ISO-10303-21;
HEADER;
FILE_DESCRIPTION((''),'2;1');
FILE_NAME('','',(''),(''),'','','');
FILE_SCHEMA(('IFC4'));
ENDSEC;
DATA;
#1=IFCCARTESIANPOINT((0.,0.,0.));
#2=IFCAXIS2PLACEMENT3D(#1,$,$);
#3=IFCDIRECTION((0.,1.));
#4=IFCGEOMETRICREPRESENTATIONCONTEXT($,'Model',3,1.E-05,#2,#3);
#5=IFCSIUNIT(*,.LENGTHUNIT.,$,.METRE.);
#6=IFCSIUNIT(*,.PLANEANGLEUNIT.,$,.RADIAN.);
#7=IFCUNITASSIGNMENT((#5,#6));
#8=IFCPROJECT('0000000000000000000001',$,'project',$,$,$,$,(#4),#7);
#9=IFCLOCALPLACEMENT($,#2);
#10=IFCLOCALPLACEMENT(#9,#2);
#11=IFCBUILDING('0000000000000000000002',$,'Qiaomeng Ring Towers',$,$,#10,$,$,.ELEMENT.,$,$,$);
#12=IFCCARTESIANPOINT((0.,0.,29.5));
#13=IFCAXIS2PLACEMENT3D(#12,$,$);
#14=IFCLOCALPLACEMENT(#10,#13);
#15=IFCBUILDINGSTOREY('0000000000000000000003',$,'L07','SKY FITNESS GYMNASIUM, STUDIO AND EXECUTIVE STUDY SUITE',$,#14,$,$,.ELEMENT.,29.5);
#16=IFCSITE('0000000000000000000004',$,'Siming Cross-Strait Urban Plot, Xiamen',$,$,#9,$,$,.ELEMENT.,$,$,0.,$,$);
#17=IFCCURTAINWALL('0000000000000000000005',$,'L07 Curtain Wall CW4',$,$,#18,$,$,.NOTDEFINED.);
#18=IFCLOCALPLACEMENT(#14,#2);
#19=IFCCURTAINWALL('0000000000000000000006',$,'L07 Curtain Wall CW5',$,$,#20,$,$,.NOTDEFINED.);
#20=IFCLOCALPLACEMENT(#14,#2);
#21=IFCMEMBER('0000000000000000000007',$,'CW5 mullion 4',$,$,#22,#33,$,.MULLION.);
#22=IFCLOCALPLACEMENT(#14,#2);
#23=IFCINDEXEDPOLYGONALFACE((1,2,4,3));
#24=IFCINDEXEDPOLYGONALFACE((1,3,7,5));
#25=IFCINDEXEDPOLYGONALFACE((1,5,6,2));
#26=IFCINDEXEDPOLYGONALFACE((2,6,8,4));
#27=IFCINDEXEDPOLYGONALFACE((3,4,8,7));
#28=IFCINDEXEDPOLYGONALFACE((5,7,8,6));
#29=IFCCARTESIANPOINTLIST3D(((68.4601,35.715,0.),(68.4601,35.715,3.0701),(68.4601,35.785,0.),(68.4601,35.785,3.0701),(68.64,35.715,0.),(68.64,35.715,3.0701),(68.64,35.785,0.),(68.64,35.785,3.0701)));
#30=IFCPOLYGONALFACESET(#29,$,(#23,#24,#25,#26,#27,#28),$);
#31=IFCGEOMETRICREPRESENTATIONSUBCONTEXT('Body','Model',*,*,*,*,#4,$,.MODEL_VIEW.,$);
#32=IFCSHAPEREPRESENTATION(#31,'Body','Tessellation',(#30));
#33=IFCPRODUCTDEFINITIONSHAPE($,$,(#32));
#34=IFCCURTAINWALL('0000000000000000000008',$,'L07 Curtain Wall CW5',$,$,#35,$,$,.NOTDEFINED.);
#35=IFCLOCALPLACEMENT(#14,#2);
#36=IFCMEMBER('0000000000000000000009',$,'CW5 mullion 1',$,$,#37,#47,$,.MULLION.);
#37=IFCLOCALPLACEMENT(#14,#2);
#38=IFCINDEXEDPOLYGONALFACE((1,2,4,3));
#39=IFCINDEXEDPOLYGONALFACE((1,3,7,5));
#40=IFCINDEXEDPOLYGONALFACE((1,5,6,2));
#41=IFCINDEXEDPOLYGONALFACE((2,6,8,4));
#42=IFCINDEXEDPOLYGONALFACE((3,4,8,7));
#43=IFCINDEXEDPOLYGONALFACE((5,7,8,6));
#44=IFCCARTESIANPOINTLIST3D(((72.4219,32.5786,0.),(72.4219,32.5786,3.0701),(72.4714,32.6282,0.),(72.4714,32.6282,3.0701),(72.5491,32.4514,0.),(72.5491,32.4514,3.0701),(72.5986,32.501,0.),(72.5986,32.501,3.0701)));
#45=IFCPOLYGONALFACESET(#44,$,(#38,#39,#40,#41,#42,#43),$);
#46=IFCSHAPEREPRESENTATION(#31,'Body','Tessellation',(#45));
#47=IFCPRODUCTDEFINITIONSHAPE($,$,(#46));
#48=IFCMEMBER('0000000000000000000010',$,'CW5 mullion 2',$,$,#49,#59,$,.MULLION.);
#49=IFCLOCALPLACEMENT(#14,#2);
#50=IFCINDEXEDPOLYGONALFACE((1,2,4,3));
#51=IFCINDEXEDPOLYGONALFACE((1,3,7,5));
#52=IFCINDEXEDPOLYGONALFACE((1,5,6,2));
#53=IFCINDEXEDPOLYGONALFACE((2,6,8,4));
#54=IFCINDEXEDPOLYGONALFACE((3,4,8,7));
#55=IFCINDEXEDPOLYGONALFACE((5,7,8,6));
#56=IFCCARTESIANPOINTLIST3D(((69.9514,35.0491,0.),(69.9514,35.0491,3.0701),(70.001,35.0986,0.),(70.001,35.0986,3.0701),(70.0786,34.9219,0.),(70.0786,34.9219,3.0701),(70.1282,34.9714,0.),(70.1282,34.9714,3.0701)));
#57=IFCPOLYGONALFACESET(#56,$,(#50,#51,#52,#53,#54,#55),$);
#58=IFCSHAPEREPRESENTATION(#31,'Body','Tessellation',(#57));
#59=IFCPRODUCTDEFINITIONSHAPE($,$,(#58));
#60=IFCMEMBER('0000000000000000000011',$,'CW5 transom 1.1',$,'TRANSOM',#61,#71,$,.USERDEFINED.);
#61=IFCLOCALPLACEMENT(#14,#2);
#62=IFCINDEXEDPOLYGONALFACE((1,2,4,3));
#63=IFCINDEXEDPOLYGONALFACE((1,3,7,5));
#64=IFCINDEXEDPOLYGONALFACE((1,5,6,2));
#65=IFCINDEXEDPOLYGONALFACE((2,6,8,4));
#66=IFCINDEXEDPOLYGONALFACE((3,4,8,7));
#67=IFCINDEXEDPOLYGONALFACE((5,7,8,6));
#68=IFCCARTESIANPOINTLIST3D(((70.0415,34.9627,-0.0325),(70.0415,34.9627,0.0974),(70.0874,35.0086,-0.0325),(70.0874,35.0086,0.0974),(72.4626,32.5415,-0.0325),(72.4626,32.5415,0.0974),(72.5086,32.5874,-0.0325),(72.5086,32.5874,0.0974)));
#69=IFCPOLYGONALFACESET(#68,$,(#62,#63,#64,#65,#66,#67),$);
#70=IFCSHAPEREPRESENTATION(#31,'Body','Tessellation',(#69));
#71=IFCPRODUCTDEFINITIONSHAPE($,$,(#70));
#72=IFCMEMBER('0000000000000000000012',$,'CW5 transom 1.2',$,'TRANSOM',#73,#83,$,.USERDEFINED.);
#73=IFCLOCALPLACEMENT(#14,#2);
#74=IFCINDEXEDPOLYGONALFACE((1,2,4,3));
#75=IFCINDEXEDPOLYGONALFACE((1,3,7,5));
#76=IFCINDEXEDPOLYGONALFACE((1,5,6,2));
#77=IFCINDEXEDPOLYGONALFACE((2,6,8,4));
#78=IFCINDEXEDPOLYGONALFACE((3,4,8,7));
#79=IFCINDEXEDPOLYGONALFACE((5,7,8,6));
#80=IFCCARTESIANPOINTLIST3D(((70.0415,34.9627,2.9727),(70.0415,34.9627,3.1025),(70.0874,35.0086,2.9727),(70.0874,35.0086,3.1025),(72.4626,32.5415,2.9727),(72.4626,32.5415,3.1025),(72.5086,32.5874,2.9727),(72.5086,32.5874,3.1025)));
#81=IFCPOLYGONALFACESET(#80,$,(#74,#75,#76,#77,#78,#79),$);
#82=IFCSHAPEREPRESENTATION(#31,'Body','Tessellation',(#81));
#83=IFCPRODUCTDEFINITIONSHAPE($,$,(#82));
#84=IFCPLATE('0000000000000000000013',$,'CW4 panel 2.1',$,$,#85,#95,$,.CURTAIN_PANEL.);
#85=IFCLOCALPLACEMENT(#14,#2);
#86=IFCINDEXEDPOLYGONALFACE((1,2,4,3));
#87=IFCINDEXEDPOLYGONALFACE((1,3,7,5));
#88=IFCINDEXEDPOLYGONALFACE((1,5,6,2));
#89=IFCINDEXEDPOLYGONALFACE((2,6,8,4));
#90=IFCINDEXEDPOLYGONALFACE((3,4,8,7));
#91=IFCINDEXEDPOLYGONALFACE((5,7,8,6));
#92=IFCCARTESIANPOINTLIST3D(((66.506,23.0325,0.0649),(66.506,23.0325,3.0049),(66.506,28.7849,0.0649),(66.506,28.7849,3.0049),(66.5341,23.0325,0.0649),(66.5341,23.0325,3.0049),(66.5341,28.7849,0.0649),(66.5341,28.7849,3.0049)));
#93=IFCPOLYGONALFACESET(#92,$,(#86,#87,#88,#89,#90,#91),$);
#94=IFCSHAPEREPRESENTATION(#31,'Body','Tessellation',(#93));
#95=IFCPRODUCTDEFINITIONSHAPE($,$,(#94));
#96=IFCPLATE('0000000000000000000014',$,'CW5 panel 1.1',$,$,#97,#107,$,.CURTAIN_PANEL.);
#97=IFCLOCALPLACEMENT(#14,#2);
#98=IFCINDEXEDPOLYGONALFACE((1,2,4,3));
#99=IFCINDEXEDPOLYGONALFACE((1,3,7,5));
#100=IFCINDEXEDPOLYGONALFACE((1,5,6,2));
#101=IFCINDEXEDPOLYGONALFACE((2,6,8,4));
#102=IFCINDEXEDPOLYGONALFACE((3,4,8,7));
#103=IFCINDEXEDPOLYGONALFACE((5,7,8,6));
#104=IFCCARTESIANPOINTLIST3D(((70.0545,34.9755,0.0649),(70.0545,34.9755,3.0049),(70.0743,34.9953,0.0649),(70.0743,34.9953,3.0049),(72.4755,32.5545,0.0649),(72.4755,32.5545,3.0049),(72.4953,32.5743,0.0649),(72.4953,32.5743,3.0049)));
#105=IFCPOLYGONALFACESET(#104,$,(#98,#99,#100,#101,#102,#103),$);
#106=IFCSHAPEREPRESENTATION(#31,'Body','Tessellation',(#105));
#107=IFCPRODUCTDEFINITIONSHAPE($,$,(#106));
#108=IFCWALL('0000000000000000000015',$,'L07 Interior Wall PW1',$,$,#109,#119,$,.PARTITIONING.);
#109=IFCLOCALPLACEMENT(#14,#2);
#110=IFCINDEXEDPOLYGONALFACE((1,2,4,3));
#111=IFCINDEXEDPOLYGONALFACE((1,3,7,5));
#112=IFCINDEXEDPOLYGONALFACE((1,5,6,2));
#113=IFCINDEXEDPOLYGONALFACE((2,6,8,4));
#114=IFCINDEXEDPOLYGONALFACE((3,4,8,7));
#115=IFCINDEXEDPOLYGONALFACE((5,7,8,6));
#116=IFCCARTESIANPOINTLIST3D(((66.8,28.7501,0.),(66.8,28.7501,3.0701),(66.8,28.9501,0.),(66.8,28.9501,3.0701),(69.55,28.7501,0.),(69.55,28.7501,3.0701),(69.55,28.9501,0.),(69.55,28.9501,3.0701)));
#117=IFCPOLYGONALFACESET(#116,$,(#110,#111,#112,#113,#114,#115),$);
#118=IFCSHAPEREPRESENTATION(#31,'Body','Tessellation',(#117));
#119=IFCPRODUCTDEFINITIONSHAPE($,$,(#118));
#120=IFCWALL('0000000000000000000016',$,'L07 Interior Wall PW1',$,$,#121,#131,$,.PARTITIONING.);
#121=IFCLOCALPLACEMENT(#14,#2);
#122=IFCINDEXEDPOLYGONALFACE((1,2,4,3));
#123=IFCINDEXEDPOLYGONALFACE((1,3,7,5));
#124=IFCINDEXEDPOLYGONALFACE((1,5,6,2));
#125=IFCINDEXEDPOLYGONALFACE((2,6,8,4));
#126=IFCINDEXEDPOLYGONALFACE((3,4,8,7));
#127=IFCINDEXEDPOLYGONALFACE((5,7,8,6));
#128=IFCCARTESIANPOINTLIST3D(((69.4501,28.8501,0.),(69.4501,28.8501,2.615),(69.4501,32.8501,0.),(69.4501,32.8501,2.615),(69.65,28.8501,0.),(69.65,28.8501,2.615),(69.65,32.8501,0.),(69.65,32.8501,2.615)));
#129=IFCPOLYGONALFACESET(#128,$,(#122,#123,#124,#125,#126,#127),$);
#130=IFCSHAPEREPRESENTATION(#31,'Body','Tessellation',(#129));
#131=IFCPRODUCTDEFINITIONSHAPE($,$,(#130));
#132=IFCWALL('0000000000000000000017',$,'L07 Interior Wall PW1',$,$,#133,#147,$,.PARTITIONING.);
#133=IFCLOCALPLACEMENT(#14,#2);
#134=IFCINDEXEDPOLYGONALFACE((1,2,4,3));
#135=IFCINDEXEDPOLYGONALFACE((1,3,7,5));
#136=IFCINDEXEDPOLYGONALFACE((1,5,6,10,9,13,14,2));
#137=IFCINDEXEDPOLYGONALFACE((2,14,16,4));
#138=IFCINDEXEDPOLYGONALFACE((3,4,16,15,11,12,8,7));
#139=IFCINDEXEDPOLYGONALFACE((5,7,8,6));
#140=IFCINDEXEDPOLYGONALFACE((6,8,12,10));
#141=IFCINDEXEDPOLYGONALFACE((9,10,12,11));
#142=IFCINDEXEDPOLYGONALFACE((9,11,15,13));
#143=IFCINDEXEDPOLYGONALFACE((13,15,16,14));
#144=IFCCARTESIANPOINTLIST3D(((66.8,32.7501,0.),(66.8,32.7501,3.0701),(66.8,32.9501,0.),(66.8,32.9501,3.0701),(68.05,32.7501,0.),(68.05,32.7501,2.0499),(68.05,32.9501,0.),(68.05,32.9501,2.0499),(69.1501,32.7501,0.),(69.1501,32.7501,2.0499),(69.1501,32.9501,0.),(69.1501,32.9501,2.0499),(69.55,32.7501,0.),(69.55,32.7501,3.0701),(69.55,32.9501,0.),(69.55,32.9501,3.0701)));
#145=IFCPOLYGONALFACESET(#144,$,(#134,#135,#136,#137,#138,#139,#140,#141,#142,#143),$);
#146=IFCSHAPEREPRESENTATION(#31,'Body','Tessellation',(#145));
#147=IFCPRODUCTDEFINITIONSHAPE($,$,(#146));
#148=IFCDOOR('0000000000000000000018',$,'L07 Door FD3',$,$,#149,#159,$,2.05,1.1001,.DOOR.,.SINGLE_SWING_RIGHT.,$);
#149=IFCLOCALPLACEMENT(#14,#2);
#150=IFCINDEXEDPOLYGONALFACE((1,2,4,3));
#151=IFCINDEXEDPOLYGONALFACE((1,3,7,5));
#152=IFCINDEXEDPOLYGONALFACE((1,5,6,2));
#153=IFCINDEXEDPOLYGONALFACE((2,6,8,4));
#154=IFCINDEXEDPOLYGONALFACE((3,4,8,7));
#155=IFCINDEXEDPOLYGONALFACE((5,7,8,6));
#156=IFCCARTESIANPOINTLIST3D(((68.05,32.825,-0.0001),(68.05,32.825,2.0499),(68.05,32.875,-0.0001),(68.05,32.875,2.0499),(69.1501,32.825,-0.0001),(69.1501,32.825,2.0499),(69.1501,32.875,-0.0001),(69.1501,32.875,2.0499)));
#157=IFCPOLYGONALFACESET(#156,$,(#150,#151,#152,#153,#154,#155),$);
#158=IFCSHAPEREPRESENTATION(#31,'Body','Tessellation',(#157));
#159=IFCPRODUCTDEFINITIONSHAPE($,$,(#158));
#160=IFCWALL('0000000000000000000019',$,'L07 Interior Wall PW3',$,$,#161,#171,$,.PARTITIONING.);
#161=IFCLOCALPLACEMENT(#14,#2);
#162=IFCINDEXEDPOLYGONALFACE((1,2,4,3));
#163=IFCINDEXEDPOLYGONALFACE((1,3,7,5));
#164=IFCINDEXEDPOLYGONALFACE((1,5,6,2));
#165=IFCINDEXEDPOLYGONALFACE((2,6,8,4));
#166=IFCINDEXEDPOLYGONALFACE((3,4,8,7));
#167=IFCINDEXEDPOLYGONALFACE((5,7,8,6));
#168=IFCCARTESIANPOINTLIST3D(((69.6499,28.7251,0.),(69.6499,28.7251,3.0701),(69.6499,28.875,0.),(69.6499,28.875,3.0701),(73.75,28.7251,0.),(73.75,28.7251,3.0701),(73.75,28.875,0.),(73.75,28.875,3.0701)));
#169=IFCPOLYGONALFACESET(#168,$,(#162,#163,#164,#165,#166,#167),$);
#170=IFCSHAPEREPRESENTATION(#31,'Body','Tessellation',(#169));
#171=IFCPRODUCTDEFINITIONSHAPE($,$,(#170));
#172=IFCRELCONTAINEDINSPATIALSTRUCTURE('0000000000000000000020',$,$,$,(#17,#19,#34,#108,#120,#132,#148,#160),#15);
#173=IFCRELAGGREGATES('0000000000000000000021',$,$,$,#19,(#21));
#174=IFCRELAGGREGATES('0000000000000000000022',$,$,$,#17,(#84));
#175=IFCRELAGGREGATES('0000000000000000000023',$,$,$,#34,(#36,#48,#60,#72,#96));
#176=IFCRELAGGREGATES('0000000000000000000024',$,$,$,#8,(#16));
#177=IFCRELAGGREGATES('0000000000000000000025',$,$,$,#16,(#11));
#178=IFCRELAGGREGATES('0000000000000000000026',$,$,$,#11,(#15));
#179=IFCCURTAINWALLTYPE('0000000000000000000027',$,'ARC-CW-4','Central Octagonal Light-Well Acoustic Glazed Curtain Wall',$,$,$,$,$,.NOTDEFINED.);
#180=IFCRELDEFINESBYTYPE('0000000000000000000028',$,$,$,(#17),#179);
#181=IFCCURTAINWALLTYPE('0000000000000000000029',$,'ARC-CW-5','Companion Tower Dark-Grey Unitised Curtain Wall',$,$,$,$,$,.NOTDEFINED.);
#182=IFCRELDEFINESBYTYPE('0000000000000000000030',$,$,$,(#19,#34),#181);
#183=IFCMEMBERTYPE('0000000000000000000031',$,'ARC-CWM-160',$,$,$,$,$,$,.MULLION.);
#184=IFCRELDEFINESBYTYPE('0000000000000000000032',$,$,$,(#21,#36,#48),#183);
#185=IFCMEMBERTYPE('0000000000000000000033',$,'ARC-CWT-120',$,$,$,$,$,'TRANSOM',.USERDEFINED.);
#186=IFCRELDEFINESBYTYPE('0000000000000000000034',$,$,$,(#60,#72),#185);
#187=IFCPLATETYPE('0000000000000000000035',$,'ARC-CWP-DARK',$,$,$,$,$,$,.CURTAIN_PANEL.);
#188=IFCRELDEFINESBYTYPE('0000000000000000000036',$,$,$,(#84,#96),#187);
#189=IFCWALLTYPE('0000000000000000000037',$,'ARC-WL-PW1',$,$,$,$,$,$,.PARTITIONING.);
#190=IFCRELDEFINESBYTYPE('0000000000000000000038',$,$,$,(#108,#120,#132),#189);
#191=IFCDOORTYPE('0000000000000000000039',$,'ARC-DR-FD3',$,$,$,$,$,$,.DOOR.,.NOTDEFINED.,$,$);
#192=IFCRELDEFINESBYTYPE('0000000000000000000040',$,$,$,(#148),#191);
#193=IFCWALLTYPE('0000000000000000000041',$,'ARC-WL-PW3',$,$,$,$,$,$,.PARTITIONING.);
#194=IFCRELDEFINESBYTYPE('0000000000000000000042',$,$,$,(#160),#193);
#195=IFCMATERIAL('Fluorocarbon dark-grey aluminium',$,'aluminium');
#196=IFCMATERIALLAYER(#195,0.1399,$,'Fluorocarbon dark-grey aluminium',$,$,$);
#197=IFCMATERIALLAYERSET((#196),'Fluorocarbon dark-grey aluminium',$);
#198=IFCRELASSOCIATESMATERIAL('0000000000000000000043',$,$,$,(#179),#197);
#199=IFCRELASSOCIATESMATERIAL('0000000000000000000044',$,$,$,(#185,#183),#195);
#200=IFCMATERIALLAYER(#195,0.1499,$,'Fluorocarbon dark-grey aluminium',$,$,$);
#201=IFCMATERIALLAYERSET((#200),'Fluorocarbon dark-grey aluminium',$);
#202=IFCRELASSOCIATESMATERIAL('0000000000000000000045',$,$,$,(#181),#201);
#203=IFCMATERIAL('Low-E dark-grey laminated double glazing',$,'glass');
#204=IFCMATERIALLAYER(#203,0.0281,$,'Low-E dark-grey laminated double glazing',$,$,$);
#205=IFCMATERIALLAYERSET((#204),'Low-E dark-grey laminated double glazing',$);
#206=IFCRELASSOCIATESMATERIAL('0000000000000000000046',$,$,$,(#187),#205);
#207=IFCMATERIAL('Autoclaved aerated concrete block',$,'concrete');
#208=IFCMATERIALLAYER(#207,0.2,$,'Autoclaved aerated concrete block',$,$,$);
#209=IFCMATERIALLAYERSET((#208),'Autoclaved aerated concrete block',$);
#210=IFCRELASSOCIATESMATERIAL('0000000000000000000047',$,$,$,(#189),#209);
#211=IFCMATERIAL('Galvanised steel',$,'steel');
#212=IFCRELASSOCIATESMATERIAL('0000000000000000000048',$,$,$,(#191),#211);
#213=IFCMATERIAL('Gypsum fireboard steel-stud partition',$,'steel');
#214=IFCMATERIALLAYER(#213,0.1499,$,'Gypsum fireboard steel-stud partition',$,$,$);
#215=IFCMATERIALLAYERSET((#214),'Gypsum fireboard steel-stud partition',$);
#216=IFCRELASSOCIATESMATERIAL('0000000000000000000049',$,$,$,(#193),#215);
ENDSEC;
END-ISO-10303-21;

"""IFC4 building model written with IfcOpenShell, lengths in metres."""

from ifc_helpers import new_model, si_unit, direction, frame, frame_2d, origin, origin_2d, place, context, subcontext, project, spatial, rectangle, extrude, source, transform, mapped, material, layer, layer_set, material_profile, profile_set, type_object, element, fill, aggregate, save


model = new_model("IFC4")

# Units and contexts
model_context = context("Model", 3, precision=1e-05, world=origin(), true_north=direction((0.0, 1.0)))
body_context = subcontext(model_context, "Body", "Model", "MODEL_VIEW")
ifc_project = project(units=[si_unit("LENGTHUNIT", "METRE"), si_unit("PLANEANGLEUNIT", "RADIAN")], contexts=[model_context])

# Site, building, storey
site_placement = place(None, origin())
site = spatial("IfcSite", under=ifc_project, at=site_placement, Name="Siming Cross-Strait Urban Plot, Xiamen", CompositionType="ELEMENT", RefElevation=0.0)
building_placement = place(site_placement, origin())
building = spatial("IfcBuilding", under=site, at=building_placement, Name="Qiaomeng Ring Towers", CompositionType="ELEMENT")
storey_placement = place(building_placement, frame((0.0, 0.0, 29.5)))
storey = spatial("IfcBuildingStorey", under=building, at=storey_placement, Name="L07", Description="SKY FITNESS GYMNASIUM, STUDIO AND EXECUTIVE STUDY SUITE", CompositionType="ELEMENT", Elevation=29.5)

# Curtain wall
ifc_material_1 = material(Name="Fluorocarbon dark-grey aluminium", Category="aluminium")
ifc_layer_1 = layer(ifc_material_1, 0.1399, Name="Fluorocarbon dark-grey aluminium")
ifc_layer_set_1 = layer_set([ifc_layer_1], Name="Fluorocarbon dark-grey aluminium")
curtain_wall_type_1 = type_object("IfcCurtainWallType", Name="ARC-CW-4", Description="Central Octagonal Light-Well Acoustic Glazed Curtain Wall", PredefinedType="NOTDEFINED", material=ifc_layer_set_1)
curtain_wall_1_placement = place(storey_placement, origin())
curtain_wall_1 = element("IfcCurtainWall", 1, at=curtain_wall_1_placement, inside=storey, type_object=curtain_wall_type_1, Name="L07 Curtain Wall CW4", PredefinedType="NOTDEFINED")
ifc_material_profile_1 = material_profile(ifc_material_1, rectangle(XDim=0.0649, YDim=0.1299, at=origin_2d()), Name="ALU TRAN 65x130")
ifc_profile_set_1 = profile_set([ifc_material_profile_1], Name="Fluorocarbon dark-grey aluminium")
member_type_1 = type_object("IfcMemberType", Name="ARC-CWT-120", ElementType="TRANSOM", PredefinedType="USERDEFINED", material=ifc_profile_set_1)

# Curtain wall, member
ifc_layer_2 = layer(ifc_material_1, 0.1499, Name="Fluorocarbon dark-grey aluminium")
ifc_layer_set_2 = layer_set([ifc_layer_2], Name="Fluorocarbon dark-grey aluminium")
curtain_wall_type_2 = type_object("IfcCurtainWallType", Name="ARC-CW-5", Description="Companion Tower Dark-Grey Unitised Curtain Wall", PredefinedType="NOTDEFINED", material=ifc_layer_set_2)
curtain_wall_2_placement = place(storey_placement, origin())
curtain_wall_2 = element("IfcCurtainWall", 2, at=curtain_wall_2_placement, inside=storey, type_object=curtain_wall_type_2, Name="L07 Curtain Wall CW5", PredefinedType="NOTDEFINED")
ifc_material_profile_2 = material_profile(ifc_material_1, rectangle(XDim=0.0701, YDim=0.1799, at=origin_2d()), Name="ALU MULL 70x180")
ifc_profile_set_2 = profile_set([ifc_material_profile_2], Name="Fluorocarbon dark-grey aluminium")
member_type_2 = type_object("IfcMemberType", Name="ARC-CWM-160", PredefinedType="MULLION", material=ifc_profile_set_2)
shared_shape_1 = source(origin(), body_context, "Body", "SweptSolid", [
    extrude(rectangle(XDim=0.0701, YDim=0.1799, at=origin_2d()), origin(), (0.0, 0.0, 1.0), 3.0701),
])
member_1_placement = place(storey_placement, frame((68.55, 35.75, 0.0), z_axis=(0.0, 0.0, 1.0), x_axis=(0.0, 1.0, 0.0)))
member_1 = element("IfcMember", 3, at=member_1_placement, type_object=member_type_2, Name="CW5 mullion 4", PredefinedType="MULLION", context=body_context, shape_type="MappedRepresentation", body=[
    mapped(shared_shape_1, transform((0.0, 0.0, 0.0), x_axis=(1.0, 0.0, 0.0), y_axis=(0.0, 1.0, 0.0), z_axis=(0.0, 0.0, 1.0), scale=1.0)),
])
aggregate(curtain_wall_2, [member_1])

# Curtain wall, members
curtain_wall_3_placement = place(storey_placement, origin())
curtain_wall_3 = element("IfcCurtainWall", 4, at=curtain_wall_3_placement, inside=storey, type_object=curtain_wall_type_2, Name="L07 Curtain Wall CW5", PredefinedType="NOTDEFINED")
member_2_placement = place(storey_placement, frame((72.5103, 32.5398, 0.0), z_axis=(0.0, 0.0, 1.0), x_axis=(-0.707107, -0.707107, 0.0)))
member_2 = element("IfcMember", 5, at=member_2_placement, type_object=member_type_2, Name="CW5 mullion 1", PredefinedType="MULLION", context=body_context, shape_type="MappedRepresentation", body=[
    mapped(shared_shape_1, transform((0.0, 0.0, 0.0), x_axis=(1.0, 0.0, 0.0), y_axis=(0.0, 1.0, 0.0), z_axis=(0.0, 0.0, 1.0), scale=1.0)),
])
member_3_placement = place(storey_placement, frame((70.0398, 35.0103, 0.0), z_axis=(0.0, 0.0, 1.0), x_axis=(-0.707107, -0.707107, 0.0)))
member_3 = element("IfcMember", 6, at=member_3_placement, type_object=member_type_2, Name="CW5 mullion 2", PredefinedType="MULLION", context=body_context, shape_type="MappedRepresentation", body=[
    mapped(shared_shape_1, transform((0.0, 0.0, 0.0), x_axis=(1.0, 0.0, 0.0), y_axis=(0.0, 1.0, 0.0), z_axis=(0.0, 0.0, 1.0), scale=1.0)),
])
shared_shape_2 = source(origin(), body_context, "Body", "SweptSolid", [
    extrude(rectangle(XDim=0.0649, YDim=0.1299, at=origin_2d()), origin(), (0.0, 0.0, 1.0), 3.4241),
])
member_4_placement = place(storey_placement, frame((72.4856, 32.5645, 0.0325), z_axis=(-0.707107, 0.707107, 0.0), x_axis=(-0.707107, -0.707107, 0.0)))
member_4 = element("IfcMember", 7, at=member_4_placement, type_object=member_type_1, Name="CW5 transom 1.1", ObjectType="TRANSOM", PredefinedType="USERDEFINED", context=body_context, shape_type="MappedRepresentation", body=[
    mapped(shared_shape_2, transform((0.0, 0.0, 0.0), x_axis=(1.0, 0.0, 0.0), y_axis=(0.0, 1.0, 0.0), z_axis=(0.0, 0.0, 1.0), scale=1.0)),
])
member_5_placement = place(storey_placement, frame((72.4856, 32.5645, 3.0376), z_axis=(-0.707107, 0.707107, 0.0), x_axis=(-0.707107, -0.707107, 0.0)))
member_5 = element("IfcMember", 8, at=member_5_placement, type_object=member_type_1, Name="CW5 transom 1.2", ObjectType="TRANSOM", PredefinedType="USERDEFINED", context=body_context, shape_type="MappedRepresentation", body=[
    mapped(shared_shape_2, transform((0.0, 0.0, 0.0), x_axis=(1.0, 0.0, 0.0), y_axis=(0.0, 1.0, 0.0), z_axis=(0.0, 0.0, 1.0), scale=1.0)),
])

# Plates
ifc_material_2 = material(Name="Low-E dark-grey laminated double glazing", Category="glass")
ifc_layer_3 = layer(ifc_material_2, 0.0281, Name="Low-E dark-grey laminated double glazing")
ifc_layer_set_3 = layer_set([ifc_layer_3], Name="Low-E dark-grey laminated double glazing")
plate_type = type_object("IfcPlateType", Name="ARC-CWP-DARK", PredefinedType="CURTAIN_PANEL", material=ifc_layer_set_3)
shared_shape_3 = source(origin(), body_context, "Body", "SweptSolid", [
    extrude(rectangle(XDim=5.7524, YDim=0.0281, at=origin_2d()), origin(), (0.0, 0.0, 1.0), 2.9399),
])
plate_1_placement = place(storey_placement, frame((66.52, 25.9087, 0.0649), z_axis=(0.0, 0.0, 1.0), x_axis=(0.0, 1.0, 0.0)))
plate_1 = element("IfcPlate", 9, at=plate_1_placement, type_object=plate_type, Name="CW4 panel 2.1", PredefinedType="CURTAIN_PANEL", context=body_context, shape_type="MappedRepresentation", body=[
    mapped(shared_shape_3, transform((0.0, 0.0, 0.0), x_axis=(1.0, 0.0, 0.0), y_axis=(0.0, 1.0, 0.0), z_axis=(0.0, 0.0, 1.0), scale=1.0)),
])
aggregate(curtain_wall_1, [plate_1])
shared_shape_4 = source(origin(), body_context, "Body", "SweptSolid", [
    extrude(rectangle(XDim=3.4238, YDim=0.0281, at=origin_2d()), origin(), (0.0, 0.0, 1.0), 2.9399),
])
plate_2_placement = place(storey_placement, frame((71.2749, 33.7749, 0.0649), z_axis=(0.0, 0.0, 1.0), x_axis=(-0.707107, 0.707107, 0.0)))
plate_2 = element("IfcPlate", 10, at=plate_2_placement, type_object=plate_type, Name="CW5 panel 1.1", PredefinedType="CURTAIN_PANEL", context=body_context, shape_type="MappedRepresentation", body=[
    mapped(shared_shape_4, transform((0.0, 0.0, 0.0), x_axis=(1.0, 0.0, 0.0), y_axis=(0.0, 1.0, 0.0), z_axis=(0.0, 0.0, 1.0), scale=1.0)),
])
aggregate(curtain_wall_3, [member_2, member_3, member_4, member_5, plate_2])

# Walls
ifc_material_3 = material(Name="Autoclaved aerated concrete block", Category="concrete")
ifc_layer_4 = layer(ifc_material_3, 0.2, Name="Autoclaved aerated concrete block")
ifc_layer_set_4 = layer_set([ifc_layer_4], Name="Autoclaved aerated concrete block")
wall_type_1 = type_object("IfcWallType", Name="ARC-WL-PW1", PredefinedType="PARTITIONING", material=ifc_layer_set_4)
wall_1_placement = place(storey_placement, frame((66.8, 28.8501, 0.0), z_axis=(0.0, 0.0, 1.0), x_axis=(1.0, 0.0, 0.0)))
element("IfcWall", 11, at=wall_1_placement, inside=storey, type_object=wall_type_1, Name="L07 Interior Wall PW1", PredefinedType="PARTITIONING", context=body_context, shape_type="SweptSolid", body=[
    extrude(rectangle(XDim=2.75, YDim=0.2, at=frame_2d((1.375, 0.0))), origin(), (0.0, 0.0, 1.0), 3.0701),
])
wall_2_placement = place(storey_placement, frame((69.55, 28.8501, 0.0), z_axis=(0.0, 0.0, 1.0), x_axis=(0.0, 1.0, 0.0)))
element("IfcWall", 12, at=wall_2_placement, inside=storey, type_object=wall_type_1, Name="L07 Interior Wall PW1", PredefinedType="PARTITIONING", context=body_context, shape_type="SweptSolid", body=[
    extrude(rectangle(XDim=4.0, YDim=0.2, at=frame_2d((2.0, 0.0))), origin(), (0.0, 0.0, 1.0), 2.615),
])

# Wall, opening, door
wall_3_placement = place(storey_placement, frame((66.8, 32.8501, 0.0), z_axis=(0.0, 0.0, 1.0), x_axis=(1.0, 0.0, 0.0)))
wall_3 = element("IfcWall", 13, at=wall_3_placement, inside=storey, type_object=wall_type_1, Name="L07 Interior Wall PW1", PredefinedType="PARTITIONING", context=body_context, shape_type="SweptSolid", body=[
    extrude(rectangle(XDim=2.75, YDim=0.2, at=frame_2d((1.375, 0.0))), origin(), (0.0, 0.0, 1.0), 3.0701),
])
opening_1_placement = place(wall_3_placement, frame((1.25, 0.0, 0.0)))
opening_1 = element("IfcOpeningElement", 14, at=opening_1_placement, cuts=wall_3, PredefinedType="OPENING", context=body_context, shape_type="SweptSolid", body=[
    extrude(rectangle(XDim=1.1001, YDim=2.05, at=frame_2d((0.55, 1.0249))), frame((0.0, 0.1099, 0.0), z_axis=(0.0, -1.0, 0.0), x_axis=(1.0, 0.0, 0.0)), (0.0, 0.0, 1.0), 0.22),
])
ifc_material_4 = material(Name="Galvanised steel", Category="steel")
door_type_1 = type_object("IfcDoorType", Name="ARC-DR-FD3", OperationType="NOTDEFINED", PredefinedType="DOOR", material=ifc_material_4)
shared_shape_5 = source(origin(), body_context, "Body", "SweptSolid", [
    extrude(rectangle(XDim=1.1001, YDim=2.05, at=frame_2d((0.55, 1.0249))), frame((0.0, 0.0249, 0.0), z_axis=(0.0, -1.0, 0.0), x_axis=(1.0, 0.0, 0.0)), (0.0, 0.0, 1.0), 0.05),
])
door_1_placement = place(opening_1_placement, origin())
door_1 = element("IfcDoor", 15, at=door_1_placement, inside=storey, type_object=door_type_1, Name="L07 Door FD3", OperationType="SINGLE_SWING_RIGHT", OverallHeight=2.05, OverallWidth=1.1001, PredefinedType="DOOR", context=body_context, shape_type="MappedRepresentation", body=[
    mapped(shared_shape_5, transform((0.0, 0.0, 0.0), x_axis=(1.0, 0.0, 0.0), y_axis=(0.0, 1.0, 0.0), z_axis=(0.0, 0.0, 1.0), scale=1.0)),
])
fill(opening_1, door_1)

# Wall
ifc_material_5 = material(Name="Gypsum fireboard steel-stud partition", Category="steel")
ifc_layer_5 = layer(ifc_material_5, 0.1499, Name="Gypsum fireboard steel-stud partition")
ifc_layer_set_5 = layer_set([ifc_layer_5], Name="Gypsum fireboard steel-stud partition")
wall_type_2 = type_object("IfcWallType", Name="ARC-WL-PW3", PredefinedType="PARTITIONING", material=ifc_layer_set_5)
wall_4_placement = place(storey_placement, frame((69.6499, 28.8, 0.0), z_axis=(0.0, 0.0, 1.0), x_axis=(1.0, 0.0, 0.0)))
element("IfcWall", 16, at=wall_4_placement, inside=storey, type_object=wall_type_2, Name="L07 Interior Wall PW3", PredefinedType="PARTITIONING", context=body_context, shape_type="SweptSolid", body=[
    extrude(rectangle(XDim=4.1001, YDim=0.1499, at=frame_2d((2.05, 0.0))), origin(), (0.0, 0.0, 1.0), 3.0701),
])

save(model, "model.ifc")
